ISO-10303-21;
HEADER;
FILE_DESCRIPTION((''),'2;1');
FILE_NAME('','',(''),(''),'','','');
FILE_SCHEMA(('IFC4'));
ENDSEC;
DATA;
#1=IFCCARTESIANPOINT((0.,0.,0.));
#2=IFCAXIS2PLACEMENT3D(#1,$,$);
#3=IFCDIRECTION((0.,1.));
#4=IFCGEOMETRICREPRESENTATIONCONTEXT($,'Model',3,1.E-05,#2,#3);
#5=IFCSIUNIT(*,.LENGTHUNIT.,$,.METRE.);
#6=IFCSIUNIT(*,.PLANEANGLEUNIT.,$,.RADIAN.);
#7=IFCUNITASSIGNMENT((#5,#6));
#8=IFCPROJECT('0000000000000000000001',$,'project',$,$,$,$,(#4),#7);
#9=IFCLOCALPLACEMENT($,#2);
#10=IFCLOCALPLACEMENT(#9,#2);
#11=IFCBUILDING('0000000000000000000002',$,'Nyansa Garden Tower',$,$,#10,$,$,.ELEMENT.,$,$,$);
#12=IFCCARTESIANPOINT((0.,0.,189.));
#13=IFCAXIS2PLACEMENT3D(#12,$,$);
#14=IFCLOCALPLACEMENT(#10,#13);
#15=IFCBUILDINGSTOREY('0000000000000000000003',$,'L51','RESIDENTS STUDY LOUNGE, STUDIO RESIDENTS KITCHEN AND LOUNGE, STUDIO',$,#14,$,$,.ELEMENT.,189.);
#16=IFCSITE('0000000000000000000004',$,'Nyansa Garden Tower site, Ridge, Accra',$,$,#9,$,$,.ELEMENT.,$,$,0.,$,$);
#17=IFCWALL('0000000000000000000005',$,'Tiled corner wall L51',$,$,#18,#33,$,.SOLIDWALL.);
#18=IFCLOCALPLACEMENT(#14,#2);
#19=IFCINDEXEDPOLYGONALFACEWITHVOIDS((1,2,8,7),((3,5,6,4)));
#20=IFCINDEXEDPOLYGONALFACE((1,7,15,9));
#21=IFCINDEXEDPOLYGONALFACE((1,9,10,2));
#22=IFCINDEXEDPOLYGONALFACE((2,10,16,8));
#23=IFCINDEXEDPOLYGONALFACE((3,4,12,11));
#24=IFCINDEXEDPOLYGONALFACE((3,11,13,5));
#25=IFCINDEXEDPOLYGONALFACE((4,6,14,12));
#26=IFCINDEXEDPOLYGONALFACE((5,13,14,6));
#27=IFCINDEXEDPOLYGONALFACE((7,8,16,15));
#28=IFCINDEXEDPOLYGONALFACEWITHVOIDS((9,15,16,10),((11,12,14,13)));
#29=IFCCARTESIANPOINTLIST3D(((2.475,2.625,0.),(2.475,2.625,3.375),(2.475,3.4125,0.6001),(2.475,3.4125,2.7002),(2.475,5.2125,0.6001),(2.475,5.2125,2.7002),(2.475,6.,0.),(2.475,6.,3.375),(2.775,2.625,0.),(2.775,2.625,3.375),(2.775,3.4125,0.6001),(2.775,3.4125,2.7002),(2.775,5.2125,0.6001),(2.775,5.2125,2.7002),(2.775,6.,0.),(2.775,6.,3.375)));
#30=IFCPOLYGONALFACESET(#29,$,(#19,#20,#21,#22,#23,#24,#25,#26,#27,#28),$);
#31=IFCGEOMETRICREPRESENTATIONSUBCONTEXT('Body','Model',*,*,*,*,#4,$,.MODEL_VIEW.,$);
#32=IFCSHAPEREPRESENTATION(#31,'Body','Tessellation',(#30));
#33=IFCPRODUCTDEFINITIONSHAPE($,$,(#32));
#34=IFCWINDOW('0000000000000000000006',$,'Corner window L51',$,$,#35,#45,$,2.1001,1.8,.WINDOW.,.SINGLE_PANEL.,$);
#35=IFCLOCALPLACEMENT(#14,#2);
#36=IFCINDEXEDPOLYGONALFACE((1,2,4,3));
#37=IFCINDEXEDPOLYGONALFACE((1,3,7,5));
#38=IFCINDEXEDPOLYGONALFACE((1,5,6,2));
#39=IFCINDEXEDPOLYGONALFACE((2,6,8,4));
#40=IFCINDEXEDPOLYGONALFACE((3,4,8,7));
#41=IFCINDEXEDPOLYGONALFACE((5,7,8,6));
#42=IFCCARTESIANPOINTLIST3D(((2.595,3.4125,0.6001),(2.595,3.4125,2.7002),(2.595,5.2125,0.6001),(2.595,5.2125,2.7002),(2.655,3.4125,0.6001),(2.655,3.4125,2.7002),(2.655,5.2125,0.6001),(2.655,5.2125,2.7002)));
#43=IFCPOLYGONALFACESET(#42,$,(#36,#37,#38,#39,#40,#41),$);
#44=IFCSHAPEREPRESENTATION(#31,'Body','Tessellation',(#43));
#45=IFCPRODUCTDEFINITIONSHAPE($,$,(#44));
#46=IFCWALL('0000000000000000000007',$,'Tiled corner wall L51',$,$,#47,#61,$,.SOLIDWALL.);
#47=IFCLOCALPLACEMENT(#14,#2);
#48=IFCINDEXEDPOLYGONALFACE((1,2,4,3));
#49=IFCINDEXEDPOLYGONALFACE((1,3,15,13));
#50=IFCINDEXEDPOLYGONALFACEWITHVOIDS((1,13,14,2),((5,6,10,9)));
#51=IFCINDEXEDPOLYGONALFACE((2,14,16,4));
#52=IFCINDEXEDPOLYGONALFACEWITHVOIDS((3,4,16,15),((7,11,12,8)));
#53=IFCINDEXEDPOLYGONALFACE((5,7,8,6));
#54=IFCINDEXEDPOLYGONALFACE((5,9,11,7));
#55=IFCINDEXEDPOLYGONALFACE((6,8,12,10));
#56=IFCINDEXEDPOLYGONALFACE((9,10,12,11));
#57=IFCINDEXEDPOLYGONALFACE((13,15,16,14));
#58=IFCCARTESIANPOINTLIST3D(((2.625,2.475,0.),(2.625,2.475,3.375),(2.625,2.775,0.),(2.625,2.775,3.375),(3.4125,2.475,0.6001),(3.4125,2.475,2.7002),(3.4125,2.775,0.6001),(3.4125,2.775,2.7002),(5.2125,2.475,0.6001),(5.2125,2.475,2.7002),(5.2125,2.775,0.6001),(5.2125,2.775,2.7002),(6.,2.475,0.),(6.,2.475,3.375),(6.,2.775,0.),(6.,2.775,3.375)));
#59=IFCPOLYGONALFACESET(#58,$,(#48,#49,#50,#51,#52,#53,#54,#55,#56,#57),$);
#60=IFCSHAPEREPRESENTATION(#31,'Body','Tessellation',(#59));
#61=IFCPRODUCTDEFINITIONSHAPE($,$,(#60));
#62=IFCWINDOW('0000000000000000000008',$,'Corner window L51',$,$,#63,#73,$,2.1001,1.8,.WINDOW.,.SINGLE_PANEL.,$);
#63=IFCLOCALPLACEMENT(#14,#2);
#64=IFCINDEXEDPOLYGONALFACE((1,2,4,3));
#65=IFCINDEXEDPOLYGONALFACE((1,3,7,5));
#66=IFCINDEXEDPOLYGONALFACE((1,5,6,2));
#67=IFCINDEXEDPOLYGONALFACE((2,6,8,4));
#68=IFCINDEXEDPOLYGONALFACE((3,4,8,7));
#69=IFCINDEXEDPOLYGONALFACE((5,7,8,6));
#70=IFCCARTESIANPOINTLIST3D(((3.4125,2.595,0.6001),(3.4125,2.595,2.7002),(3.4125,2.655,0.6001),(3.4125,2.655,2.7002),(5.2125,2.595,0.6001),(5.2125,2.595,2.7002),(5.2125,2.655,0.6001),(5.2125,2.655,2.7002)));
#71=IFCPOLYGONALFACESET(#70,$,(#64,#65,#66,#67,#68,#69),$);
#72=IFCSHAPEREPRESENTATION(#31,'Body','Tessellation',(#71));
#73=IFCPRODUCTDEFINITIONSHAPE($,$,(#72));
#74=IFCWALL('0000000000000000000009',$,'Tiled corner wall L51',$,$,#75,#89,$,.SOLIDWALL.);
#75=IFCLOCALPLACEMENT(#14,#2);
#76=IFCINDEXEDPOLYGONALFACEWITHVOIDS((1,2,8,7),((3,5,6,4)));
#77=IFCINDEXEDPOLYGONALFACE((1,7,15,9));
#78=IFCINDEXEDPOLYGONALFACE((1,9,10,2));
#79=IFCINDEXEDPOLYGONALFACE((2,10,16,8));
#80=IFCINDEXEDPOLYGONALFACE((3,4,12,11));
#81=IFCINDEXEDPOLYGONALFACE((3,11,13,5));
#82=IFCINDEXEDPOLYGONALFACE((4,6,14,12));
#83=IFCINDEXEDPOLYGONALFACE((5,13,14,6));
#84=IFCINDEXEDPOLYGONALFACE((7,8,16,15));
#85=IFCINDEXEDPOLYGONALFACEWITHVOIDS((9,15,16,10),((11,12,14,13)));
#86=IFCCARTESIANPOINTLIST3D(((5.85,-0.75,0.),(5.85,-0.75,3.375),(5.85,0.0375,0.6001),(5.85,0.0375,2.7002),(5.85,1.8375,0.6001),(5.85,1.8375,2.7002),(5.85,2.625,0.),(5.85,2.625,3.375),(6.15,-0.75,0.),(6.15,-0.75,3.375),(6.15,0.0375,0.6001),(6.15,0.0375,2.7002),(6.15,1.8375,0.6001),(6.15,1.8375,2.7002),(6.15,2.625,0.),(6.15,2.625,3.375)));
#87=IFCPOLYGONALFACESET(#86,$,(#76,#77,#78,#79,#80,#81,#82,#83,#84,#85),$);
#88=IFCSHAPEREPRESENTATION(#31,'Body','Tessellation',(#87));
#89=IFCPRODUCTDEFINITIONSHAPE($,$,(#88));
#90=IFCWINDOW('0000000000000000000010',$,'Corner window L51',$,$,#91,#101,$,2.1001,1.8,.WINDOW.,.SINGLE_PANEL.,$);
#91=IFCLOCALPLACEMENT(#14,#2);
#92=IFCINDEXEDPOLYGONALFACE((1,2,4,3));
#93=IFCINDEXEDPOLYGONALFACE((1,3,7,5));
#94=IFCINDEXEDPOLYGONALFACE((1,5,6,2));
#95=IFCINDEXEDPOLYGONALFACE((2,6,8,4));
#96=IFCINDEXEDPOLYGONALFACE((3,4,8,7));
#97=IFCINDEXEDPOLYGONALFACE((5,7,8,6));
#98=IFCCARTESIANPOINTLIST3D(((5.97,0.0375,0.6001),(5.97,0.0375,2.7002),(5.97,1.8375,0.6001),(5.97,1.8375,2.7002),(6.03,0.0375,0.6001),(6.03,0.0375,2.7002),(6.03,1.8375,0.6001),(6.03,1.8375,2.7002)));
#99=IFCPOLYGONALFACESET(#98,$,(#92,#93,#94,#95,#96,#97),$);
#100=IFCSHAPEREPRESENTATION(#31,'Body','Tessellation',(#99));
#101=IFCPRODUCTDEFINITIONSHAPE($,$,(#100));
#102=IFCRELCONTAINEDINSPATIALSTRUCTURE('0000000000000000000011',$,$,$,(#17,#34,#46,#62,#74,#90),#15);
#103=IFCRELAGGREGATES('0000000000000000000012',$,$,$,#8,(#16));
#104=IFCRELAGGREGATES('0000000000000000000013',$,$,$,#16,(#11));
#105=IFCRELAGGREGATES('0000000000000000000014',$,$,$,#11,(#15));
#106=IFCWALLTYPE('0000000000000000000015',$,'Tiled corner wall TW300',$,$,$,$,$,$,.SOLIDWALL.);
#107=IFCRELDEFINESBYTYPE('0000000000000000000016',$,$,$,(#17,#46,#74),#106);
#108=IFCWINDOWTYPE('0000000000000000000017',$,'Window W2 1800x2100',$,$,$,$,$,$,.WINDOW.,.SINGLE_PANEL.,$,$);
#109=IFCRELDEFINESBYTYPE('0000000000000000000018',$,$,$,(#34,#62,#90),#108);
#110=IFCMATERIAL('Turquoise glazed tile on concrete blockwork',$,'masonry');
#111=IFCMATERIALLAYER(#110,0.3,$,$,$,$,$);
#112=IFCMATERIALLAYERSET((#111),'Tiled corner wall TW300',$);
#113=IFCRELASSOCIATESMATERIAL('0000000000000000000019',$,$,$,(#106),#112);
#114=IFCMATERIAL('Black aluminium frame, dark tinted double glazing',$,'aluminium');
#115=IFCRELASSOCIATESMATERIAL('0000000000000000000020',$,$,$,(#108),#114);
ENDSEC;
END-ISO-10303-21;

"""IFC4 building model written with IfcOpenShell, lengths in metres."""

from ifc_helpers import new_model, si_unit, direction, frame, frame_2d, origin, place, context, subcontext, project, spatial, rectangle, extrude, material, layer, layer_set, type_object, element, fill, save


model = new_model("IFC4")

# Units and contexts
model_context = context("Model", 3, precision=1e-05, world=origin(), true_north=direction((0.0, 1.0)))
body_context = subcontext(model_context, "Body", "Model", "MODEL_VIEW")
ifc_project = project(units=[si_unit("LENGTHUNIT", "METRE"), si_unit("PLANEANGLEUNIT", "RADIAN")], contexts=[model_context])

# Site, building, storey
site_placement = place(None, origin())
site = spatial("IfcSite", under=ifc_project, at=site_placement, Name="Nyansa Garden Tower site, Ridge, Accra", CompositionType="ELEMENT", RefElevation=0.0)
building_placement = place(site_placement, origin())
building = spatial("IfcBuilding", under=site, at=building_placement, Name="Nyansa Garden Tower", CompositionType="ELEMENT")
storey_placement = place(building_placement, frame((0.0, 0.0, 189.0)))
storey = spatial("IfcBuildingStorey", under=building, at=storey_placement, Name="L51", Description="RESIDENTS STUDY LOUNGE, STUDIO RESIDENTS KITCHEN AND LOUNGE, STUDIO", CompositionType="ELEMENT", Elevation=189.0)

# Walls, openings, windows
ifc_material_1 = material(Name="Turquoise glazed tile on concrete blockwork", Category="masonry")
ifc_layer_1 = layer(ifc_material_1, 0.3)
ifc_layer_set_1 = layer_set([ifc_layer_1], Name="Tiled corner wall TW300")
wall_type = type_object("IfcWallType", Name="Tiled corner wall TW300", PredefinedType="SOLIDWALL", material=ifc_layer_set_1)
ifc_material_2 = material(Name="Black aluminium frame, dark tinted double glazing", Category="aluminium")
window_type = type_object("IfcWindowType", Name="Window W2 1800x2100", PartitioningType="SINGLE_PANEL", PredefinedType="WINDOW", material=ifc_material_2)
wall_1_placement = place(storey_placement, frame((2.625, 6.0, 0.0), z_axis=(0.0, 0.0, 1.0), x_axis=(0.0, -1.0, 0.0)))
wall_1 = element("IfcWall", 1, at=wall_1_placement, inside=storey, type_object=wall_type, Name="Tiled corner wall L51", PredefinedType="SOLIDWALL", context=body_context, shape_type="SweptSolid", body=[
    extrude(rectangle(XDim=3.375, YDim=0.3, at=frame_2d((1.6875, 0.0))), origin(), (0.0, 0.0, 1.0), 3.375),
])
opening_1_placement = place(wall_1_placement, frame((0.7876, 0.0, 0.6001)))
opening_1 = element("IfcOpeningElement", 2, at=opening_1_placement, cuts=wall_1, PredefinedType="OPENING", context=body_context, shape_type="SweptSolid", body=[
    extrude(rectangle(XDim=1.8, YDim=2.1001, at=frame_2d((0.8999, 1.05))), frame((0.0, 0.1599, 0.0), z_axis=(0.0, -1.0, 0.0), x_axis=(1.0, 0.0, 0.0)), (0.0, 0.0, 1.0), 0.3201),
])
window_1_placement = place(opening_1_placement, origin())
window_1 = element("IfcWindow", 3, at=window_1_placement, inside=storey, type_object=window_type, Name="Corner window L51", OverallHeight=2.1001, OverallWidth=1.8, PartitioningType="SINGLE_PANEL", PredefinedType="WINDOW", context=body_context, shape_type="SweptSolid", body=[
    extrude(rectangle(XDim=1.8, YDim=2.1001, at=frame_2d((0.8999, 1.05))), frame((0.0, 0.03, 0.0), z_axis=(0.0, -1.0, 0.0), x_axis=(1.0, 0.0, 0.0)), (0.0, 0.0, 1.0), 0.0601),
])
fill(opening_1, window_1)
wall_2_placement = place(storey_placement, frame((2.625, 2.625, 0.0), z_axis=(0.0, 0.0, 1.0), x_axis=(1.0, 0.0, 0.0)))
wall_2 = element("IfcWall", 4, at=wall_2_placement, inside=storey, type_object=wall_type, Name="Tiled corner wall L51", PredefinedType="SOLIDWALL", context=body_context, shape_type="SweptSolid", body=[
    extrude(rectangle(XDim=3.375, YDim=0.3, at=frame_2d((1.6875, 0.0))), origin(), (0.0, 0.0, 1.0), 3.375),
])
opening_2_placement = place(wall_2_placement, frame((0.7876, 0.0, 0.6001)))
opening_2 = element("IfcOpeningElement", 5, at=opening_2_placement, cuts=wall_2, PredefinedType="OPENING", context=body_context, shape_type="SweptSolid", body=[
    extrude(rectangle(XDim=1.8, YDim=2.1001, at=frame_2d((0.8999, 1.05))), frame((0.0, 0.1599, 0.0), z_axis=(0.0, -1.0, 0.0), x_axis=(1.0, 0.0, 0.0)), (0.0, 0.0, 1.0), 0.3201),
])
window_2_placement = place(opening_2_placement, origin())
window_2 = element("IfcWindow", 6, at=window_2_placement, inside=storey, type_object=window_type, Name="Corner window L51", OverallHeight=2.1001, OverallWidth=1.8, PartitioningType="SINGLE_PANEL", PredefinedType="WINDOW", context=body_context, shape_type="SweptSolid", body=[
    extrude(rectangle(XDim=1.8, YDim=2.1001, at=frame_2d((0.8999, 1.05))), frame((0.0, 0.03, 0.0), z_axis=(0.0, -1.0, 0.0), x_axis=(1.0, 0.0, 0.0)), (0.0, 0.0, 1.0), 0.0601),
])
fill(opening_2, window_2)
wall_3_placement = place(storey_placement, frame((6.0, 2.625, 0.0), z_axis=(0.0, 0.0, 1.0), x_axis=(0.0, -1.0, 0.0)))
wall_3 = element("IfcWall", 7, at=wall_3_placement, inside=storey, type_object=wall_type, Name="Tiled corner wall L51", PredefinedType="SOLIDWALL", context=body_context, shape_type="SweptSolid", body=[
    extrude(rectangle(XDim=3.375, YDim=0.3, at=frame_2d((1.6875, 0.0))), origin(), (0.0, 0.0, 1.0), 3.375),
])
opening_3_placement = place(wall_3_placement, frame((0.7876, 0.0, 0.6001)))
opening_3 = element("IfcOpeningElement", 8, at=opening_3_placement, cuts=wall_3, PredefinedType="OPENING", context=body_context, shape_type="SweptSolid", body=[
    extrude(rectangle(XDim=1.8, YDim=2.1001, at=frame_2d((0.8999, 1.05))), frame((0.0, 0.1599, 0.0), z_axis=(0.0, -1.0, 0.0), x_axis=(1.0, 0.0, 0.0)), (0.0, 0.0, 1.0), 0.3201),
])
window_3_placement = place(opening_3_placement, origin())
window_3 = element("IfcWindow", 9, at=window_3_placement, inside=storey, type_object=window_type, Name="Corner window L51", OverallHeight=2.1001, OverallWidth=1.8, PartitioningType="SINGLE_PANEL", PredefinedType="WINDOW", context=body_context, shape_type="SweptSolid", body=[
    extrude(rectangle(XDim=1.8, YDim=2.1001, at=frame_2d((0.8999, 1.05))), frame((0.0, 0.03, 0.0), z_axis=(0.0, -1.0, 0.0), x_axis=(1.0, 0.0, 0.0)), (0.0, 0.0, 1.0), 0.0601),
])
fill(opening_3, window_3)

save(model, "model.ifc")
